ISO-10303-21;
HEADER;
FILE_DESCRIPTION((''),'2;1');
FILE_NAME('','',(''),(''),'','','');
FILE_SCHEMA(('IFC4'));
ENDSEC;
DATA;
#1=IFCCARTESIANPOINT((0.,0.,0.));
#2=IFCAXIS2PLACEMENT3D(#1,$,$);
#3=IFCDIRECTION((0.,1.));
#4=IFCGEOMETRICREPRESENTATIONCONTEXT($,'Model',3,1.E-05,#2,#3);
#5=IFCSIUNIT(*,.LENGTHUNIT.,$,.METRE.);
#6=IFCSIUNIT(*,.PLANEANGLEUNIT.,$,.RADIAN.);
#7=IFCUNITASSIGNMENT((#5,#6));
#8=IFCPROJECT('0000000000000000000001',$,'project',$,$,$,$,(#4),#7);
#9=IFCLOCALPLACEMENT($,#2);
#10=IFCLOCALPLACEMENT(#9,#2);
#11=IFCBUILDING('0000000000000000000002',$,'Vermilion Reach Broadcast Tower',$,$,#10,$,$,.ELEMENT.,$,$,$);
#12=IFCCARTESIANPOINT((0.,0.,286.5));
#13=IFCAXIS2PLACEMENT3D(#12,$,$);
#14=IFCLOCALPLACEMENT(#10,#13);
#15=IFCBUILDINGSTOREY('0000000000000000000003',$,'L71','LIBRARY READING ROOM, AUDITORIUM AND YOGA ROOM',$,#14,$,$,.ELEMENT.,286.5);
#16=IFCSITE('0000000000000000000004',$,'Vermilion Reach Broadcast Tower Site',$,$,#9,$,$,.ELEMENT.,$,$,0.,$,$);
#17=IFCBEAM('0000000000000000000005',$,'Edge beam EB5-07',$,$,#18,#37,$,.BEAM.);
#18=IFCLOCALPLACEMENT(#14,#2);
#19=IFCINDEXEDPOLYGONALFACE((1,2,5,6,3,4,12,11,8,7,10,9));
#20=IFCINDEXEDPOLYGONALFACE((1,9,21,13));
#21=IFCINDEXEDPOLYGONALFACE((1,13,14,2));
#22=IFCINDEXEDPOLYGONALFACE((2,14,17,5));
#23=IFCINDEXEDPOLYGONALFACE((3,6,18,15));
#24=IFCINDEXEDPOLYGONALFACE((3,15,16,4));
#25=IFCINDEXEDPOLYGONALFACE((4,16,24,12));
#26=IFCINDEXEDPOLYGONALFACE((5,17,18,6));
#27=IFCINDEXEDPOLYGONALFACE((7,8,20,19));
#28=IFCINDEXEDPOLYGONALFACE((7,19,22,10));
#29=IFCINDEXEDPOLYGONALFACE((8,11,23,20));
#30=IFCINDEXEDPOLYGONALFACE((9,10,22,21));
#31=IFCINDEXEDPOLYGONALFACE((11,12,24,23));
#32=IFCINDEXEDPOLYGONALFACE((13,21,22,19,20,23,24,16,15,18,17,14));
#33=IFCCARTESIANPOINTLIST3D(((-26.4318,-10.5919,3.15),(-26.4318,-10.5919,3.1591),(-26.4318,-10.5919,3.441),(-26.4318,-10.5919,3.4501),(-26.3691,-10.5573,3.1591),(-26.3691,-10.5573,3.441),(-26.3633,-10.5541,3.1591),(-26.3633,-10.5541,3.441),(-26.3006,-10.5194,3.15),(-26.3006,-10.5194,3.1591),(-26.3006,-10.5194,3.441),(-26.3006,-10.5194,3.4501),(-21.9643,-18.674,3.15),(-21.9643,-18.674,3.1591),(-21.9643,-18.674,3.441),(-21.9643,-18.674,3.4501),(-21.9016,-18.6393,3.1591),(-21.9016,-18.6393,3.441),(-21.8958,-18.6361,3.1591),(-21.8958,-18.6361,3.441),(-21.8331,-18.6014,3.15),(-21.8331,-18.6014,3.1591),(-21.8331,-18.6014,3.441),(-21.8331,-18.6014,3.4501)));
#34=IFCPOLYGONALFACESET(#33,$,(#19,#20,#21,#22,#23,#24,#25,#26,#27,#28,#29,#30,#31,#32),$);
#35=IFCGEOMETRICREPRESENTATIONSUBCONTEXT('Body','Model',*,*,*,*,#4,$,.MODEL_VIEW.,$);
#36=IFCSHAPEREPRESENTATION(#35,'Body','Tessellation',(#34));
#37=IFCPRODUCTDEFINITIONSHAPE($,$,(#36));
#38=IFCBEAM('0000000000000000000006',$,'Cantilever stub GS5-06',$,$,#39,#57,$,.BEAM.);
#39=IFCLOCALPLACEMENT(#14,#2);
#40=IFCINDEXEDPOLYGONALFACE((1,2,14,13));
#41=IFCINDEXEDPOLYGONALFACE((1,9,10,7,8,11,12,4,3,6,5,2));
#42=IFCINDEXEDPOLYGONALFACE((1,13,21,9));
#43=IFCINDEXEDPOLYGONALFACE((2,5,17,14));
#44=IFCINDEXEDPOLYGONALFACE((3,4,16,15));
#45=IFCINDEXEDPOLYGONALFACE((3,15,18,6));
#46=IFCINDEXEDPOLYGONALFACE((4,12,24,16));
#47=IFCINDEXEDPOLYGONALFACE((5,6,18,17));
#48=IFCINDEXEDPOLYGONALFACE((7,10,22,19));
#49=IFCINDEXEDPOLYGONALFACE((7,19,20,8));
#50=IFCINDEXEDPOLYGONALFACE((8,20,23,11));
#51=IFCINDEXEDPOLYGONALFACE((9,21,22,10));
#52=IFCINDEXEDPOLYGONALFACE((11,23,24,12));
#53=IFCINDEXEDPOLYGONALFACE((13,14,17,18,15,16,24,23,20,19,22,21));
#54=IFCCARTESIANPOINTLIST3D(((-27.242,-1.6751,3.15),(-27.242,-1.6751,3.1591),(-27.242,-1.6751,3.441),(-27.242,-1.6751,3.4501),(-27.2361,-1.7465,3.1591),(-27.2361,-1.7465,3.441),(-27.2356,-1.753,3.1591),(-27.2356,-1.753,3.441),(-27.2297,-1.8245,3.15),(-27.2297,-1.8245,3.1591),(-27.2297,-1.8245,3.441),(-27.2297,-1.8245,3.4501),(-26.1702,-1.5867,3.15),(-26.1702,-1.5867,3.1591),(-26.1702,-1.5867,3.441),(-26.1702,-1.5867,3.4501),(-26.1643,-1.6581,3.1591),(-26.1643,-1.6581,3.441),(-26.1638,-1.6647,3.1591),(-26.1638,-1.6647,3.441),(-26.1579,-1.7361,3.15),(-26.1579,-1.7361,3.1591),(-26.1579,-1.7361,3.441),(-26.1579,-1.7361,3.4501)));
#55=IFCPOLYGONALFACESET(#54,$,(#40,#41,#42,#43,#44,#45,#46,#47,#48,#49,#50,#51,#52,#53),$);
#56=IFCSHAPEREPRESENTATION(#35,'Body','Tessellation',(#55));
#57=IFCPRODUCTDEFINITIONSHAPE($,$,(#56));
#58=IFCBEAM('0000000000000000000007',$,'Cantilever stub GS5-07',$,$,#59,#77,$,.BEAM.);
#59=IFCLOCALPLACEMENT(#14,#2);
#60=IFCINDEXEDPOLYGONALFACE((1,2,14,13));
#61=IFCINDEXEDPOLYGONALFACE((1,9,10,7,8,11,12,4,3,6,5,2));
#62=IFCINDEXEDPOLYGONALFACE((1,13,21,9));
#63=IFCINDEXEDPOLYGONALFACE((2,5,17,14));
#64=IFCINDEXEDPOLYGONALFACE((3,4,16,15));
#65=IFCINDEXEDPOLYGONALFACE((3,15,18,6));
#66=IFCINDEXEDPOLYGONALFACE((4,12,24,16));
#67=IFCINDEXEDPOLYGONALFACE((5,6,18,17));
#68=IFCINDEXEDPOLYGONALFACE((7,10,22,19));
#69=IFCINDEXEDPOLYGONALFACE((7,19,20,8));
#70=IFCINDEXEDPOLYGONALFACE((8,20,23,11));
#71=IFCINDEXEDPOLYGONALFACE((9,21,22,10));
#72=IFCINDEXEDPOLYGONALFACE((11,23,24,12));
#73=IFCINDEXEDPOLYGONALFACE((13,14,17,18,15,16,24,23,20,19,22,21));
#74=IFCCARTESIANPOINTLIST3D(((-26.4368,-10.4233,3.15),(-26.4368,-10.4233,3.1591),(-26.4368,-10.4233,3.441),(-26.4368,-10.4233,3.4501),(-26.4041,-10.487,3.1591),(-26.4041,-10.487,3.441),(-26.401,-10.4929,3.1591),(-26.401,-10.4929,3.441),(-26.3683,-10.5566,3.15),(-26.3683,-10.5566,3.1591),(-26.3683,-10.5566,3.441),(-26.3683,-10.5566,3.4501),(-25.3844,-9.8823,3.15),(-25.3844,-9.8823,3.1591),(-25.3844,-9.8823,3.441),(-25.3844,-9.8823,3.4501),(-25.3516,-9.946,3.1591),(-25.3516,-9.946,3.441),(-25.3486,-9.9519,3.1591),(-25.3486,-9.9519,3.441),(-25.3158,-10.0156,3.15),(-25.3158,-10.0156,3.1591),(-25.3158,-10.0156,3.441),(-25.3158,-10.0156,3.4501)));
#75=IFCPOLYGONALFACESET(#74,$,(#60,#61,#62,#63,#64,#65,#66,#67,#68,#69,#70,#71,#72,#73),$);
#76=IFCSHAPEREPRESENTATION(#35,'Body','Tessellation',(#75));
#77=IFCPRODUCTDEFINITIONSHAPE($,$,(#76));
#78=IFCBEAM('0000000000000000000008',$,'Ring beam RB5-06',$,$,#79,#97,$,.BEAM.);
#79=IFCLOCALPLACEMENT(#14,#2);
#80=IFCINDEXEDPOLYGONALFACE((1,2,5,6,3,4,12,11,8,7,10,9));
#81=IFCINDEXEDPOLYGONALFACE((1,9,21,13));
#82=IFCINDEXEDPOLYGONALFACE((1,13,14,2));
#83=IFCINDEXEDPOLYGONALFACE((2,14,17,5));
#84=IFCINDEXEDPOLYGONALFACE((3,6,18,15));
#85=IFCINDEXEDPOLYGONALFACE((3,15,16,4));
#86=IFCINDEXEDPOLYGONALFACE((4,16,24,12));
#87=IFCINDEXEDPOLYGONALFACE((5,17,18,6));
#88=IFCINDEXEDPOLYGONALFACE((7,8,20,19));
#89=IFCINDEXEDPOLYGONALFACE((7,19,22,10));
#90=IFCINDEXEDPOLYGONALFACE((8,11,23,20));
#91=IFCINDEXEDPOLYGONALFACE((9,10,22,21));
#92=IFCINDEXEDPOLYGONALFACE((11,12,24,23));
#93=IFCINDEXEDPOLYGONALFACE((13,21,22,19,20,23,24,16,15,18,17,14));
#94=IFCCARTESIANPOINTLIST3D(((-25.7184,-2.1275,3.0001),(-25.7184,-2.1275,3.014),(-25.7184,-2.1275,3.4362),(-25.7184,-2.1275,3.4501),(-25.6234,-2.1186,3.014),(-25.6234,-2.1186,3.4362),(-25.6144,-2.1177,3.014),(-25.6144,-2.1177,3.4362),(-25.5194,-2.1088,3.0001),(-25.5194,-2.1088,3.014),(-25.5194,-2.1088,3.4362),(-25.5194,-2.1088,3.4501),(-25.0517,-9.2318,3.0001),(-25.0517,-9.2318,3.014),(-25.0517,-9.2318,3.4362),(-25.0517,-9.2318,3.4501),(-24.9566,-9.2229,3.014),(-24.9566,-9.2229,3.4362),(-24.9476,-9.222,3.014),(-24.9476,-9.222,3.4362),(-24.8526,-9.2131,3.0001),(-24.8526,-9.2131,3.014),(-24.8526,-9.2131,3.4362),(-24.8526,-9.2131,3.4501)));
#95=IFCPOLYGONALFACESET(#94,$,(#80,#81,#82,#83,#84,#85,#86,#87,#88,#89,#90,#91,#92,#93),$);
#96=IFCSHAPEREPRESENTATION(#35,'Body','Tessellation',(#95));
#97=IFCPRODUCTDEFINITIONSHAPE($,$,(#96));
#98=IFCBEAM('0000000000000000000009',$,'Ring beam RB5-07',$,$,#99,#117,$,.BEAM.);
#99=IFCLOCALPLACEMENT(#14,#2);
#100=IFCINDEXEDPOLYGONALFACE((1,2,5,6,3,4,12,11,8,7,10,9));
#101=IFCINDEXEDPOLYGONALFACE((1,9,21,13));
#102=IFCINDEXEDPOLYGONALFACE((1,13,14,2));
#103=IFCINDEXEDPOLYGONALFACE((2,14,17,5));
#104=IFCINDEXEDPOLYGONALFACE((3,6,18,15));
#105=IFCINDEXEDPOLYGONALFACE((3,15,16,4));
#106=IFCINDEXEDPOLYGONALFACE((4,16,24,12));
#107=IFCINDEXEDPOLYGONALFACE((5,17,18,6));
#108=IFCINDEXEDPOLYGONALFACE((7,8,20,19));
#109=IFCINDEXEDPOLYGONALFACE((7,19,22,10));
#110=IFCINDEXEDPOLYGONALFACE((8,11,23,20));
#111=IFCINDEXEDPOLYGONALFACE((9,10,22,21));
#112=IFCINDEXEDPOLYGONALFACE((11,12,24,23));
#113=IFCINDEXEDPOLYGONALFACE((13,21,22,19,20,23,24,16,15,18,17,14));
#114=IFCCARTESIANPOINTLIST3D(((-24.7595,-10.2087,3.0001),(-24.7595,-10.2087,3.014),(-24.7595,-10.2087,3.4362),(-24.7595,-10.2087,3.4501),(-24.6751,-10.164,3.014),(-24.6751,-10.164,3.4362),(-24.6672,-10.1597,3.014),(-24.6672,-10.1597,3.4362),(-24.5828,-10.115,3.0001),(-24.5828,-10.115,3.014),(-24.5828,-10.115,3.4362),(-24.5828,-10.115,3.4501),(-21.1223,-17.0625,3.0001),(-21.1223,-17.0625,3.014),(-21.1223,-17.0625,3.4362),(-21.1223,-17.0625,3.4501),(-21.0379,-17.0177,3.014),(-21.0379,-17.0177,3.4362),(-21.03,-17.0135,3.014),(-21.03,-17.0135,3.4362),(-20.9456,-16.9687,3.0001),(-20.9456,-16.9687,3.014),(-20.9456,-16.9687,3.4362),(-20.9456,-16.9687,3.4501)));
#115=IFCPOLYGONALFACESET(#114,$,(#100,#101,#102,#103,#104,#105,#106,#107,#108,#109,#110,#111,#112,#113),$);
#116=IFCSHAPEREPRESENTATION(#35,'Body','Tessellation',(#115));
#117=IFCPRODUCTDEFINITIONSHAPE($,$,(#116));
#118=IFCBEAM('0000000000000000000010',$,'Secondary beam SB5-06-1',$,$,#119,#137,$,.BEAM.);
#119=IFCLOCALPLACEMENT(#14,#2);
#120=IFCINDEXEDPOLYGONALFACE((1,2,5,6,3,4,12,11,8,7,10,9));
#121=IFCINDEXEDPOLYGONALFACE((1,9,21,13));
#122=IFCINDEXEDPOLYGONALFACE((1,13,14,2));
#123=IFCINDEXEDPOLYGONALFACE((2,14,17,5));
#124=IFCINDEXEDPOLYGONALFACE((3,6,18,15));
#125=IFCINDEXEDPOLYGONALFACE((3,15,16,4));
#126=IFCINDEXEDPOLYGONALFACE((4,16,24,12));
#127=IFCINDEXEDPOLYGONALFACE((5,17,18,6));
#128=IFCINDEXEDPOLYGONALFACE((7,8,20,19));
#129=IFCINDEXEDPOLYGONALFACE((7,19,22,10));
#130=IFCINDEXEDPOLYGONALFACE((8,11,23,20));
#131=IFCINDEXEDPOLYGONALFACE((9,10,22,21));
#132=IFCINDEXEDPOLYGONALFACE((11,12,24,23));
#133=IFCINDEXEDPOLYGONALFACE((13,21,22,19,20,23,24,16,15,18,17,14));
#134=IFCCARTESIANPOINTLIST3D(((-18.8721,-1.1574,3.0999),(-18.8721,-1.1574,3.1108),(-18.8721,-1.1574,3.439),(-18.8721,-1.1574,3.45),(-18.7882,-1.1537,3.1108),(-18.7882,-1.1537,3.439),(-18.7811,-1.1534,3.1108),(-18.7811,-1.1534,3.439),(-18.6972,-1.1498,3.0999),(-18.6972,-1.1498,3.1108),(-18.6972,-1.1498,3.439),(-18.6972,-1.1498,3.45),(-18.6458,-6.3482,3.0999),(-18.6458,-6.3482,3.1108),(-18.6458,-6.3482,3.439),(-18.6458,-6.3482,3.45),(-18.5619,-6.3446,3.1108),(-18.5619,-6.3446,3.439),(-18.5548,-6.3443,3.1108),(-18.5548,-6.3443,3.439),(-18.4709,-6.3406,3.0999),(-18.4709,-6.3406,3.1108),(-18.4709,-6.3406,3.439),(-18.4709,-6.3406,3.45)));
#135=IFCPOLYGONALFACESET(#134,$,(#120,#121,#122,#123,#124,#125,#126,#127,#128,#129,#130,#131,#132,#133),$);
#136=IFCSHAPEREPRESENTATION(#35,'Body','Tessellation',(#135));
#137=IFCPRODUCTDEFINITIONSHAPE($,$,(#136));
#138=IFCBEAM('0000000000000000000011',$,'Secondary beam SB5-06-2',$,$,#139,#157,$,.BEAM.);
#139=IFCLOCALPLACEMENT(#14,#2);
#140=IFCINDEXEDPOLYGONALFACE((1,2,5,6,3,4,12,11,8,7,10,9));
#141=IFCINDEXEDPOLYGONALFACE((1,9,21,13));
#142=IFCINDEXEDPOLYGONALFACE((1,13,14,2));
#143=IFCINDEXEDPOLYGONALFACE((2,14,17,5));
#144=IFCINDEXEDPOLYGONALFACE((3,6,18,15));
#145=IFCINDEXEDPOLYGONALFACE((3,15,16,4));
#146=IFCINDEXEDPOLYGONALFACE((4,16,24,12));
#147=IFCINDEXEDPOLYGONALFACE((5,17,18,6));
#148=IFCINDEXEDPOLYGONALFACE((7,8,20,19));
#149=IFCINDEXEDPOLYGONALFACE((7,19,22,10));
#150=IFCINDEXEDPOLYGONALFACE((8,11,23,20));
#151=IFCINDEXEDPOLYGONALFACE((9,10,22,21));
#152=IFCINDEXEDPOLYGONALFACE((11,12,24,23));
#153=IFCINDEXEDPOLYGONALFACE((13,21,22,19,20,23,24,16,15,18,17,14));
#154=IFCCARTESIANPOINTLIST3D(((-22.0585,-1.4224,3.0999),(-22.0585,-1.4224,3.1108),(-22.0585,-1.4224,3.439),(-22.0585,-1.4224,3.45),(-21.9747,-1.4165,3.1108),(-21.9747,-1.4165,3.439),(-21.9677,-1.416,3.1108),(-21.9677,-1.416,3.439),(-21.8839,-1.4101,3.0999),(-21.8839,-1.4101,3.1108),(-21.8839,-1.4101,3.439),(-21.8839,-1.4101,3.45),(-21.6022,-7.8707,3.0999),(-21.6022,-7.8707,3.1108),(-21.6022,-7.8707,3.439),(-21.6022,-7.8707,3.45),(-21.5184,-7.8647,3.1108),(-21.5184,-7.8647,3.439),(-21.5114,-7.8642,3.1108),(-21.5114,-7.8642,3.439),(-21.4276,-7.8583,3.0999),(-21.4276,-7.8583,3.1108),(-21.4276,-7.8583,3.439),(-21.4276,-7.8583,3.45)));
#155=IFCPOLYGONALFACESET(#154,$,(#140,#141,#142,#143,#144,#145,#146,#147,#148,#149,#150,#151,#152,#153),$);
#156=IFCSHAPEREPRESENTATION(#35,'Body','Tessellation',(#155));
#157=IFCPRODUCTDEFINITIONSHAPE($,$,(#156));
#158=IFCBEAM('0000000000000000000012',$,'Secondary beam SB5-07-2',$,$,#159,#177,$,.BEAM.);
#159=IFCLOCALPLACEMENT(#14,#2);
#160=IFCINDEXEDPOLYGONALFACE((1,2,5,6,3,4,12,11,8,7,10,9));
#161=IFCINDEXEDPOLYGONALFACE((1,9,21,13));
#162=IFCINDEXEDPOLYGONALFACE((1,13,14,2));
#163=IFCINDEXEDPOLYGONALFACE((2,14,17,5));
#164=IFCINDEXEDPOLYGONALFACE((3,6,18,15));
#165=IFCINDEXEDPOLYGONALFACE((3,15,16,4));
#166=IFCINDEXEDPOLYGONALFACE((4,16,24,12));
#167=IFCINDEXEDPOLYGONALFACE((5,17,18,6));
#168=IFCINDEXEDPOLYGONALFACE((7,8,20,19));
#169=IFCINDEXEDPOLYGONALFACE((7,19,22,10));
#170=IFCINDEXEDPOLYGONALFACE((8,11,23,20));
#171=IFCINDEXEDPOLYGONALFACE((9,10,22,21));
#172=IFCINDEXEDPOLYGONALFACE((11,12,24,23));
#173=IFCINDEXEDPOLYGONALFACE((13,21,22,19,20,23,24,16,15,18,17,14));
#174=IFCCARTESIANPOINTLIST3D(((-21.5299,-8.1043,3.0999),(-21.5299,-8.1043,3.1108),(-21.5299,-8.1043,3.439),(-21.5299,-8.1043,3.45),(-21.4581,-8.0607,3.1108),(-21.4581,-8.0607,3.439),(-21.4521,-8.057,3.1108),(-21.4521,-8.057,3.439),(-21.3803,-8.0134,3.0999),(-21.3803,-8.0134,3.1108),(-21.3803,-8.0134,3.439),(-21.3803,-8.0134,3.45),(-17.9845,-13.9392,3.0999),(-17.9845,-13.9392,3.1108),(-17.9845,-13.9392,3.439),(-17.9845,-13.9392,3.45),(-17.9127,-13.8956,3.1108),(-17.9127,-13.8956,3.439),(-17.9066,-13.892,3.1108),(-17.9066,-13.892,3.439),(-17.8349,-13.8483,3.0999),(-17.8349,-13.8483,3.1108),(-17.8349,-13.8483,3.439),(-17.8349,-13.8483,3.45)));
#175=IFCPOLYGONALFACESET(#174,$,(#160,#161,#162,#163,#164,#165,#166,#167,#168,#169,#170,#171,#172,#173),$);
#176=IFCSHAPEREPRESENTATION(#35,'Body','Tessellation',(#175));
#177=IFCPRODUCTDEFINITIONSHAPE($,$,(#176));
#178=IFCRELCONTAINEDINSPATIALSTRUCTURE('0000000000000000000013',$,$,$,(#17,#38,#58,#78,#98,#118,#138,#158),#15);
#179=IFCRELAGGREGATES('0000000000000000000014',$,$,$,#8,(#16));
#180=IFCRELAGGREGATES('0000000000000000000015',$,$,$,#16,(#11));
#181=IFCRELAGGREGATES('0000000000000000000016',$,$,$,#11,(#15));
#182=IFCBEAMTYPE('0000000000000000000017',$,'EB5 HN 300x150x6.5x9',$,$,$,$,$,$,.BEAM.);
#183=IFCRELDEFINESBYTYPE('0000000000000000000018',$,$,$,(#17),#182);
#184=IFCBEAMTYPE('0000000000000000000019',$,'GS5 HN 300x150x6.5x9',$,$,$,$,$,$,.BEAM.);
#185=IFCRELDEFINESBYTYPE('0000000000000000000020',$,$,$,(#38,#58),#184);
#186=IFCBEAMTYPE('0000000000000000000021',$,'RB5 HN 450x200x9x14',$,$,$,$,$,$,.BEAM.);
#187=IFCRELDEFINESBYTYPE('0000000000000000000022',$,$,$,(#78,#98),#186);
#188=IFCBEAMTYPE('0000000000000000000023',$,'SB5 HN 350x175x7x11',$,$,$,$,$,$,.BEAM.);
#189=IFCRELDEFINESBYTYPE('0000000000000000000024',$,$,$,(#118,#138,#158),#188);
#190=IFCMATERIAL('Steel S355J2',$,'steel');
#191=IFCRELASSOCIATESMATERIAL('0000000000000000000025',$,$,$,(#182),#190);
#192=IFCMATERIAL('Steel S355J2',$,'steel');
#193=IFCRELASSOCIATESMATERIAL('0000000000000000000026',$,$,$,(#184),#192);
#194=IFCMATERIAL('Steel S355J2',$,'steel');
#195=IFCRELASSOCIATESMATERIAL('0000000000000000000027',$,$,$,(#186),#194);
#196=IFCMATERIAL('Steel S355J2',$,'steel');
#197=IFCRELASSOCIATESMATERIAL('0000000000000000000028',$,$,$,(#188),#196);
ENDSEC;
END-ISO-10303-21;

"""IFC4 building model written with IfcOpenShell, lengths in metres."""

from ifc_helpers import new_model, si_unit, direction, frame, origin, origin_2d, place, context, subcontext, project, spatial, i_section, extrude, material, material_profile, profile_set, type_object, element, save


model = new_model("IFC4")

# Units and contexts
model_context = context("Model", 3, precision=1e-05, world=origin(), true_north=direction((0.0, 1.0)))
body_context = subcontext(model_context, "Body", "Model", "MODEL_VIEW")
ifc_project = project(units=[si_unit("LENGTHUNIT", "METRE"), si_unit("PLANEANGLEUNIT", "RADIAN")], contexts=[model_context])

# Site, building, storey
site_placement = place(None, origin())
site = spatial("IfcSite", under=ifc_project, at=site_placement, Name="Vermilion Reach Broadcast Tower Site", CompositionType="ELEMENT", RefElevation=0.0)
building_placement = place(site_placement, origin())
building = spatial("IfcBuilding", under=site, at=building_placement, Name="Vermilion Reach Broadcast Tower", CompositionType="ELEMENT")
storey_placement = place(building_placement, frame((0.0, 0.0, 286.5)))
storey = spatial("IfcBuildingStorey", under=building, at=storey_placement, Name="L71", Description="LIBRARY READING ROOM, AUDITORIUM AND YOGA ROOM", CompositionType="ELEMENT", Elevation=286.5)

# Beams
ifc_material_1 = material(Name="Steel S355J2", Category="steel")
ifc_material_profile_1 = material_profile(ifc_material_1, i_section(OverallWidth=0.1499, OverallDepth=0.3, WebThickness=0.0066, FlangeThickness=0.009, at=origin_2d()), Name="S355J2 HN 300x150x6.5x9")
ifc_profile_set_1 = profile_set([ifc_material_profile_1], Name="Steel S355J2")
beam_type_1 = type_object("IfcBeamType", Name="EB5 HN 300x150x6.5x9", PredefinedType="BEAM", material=ifc_profile_set_1)
beam_1_placement = place(storey_placement, frame((-26.3662, -10.5557, 3.3), z_axis=(0.483781, -0.875189, 0.0), x_axis=(0.875189, 0.483781, 0.0)))
element("IfcBeam", 1, at=beam_1_placement, inside=storey, type_object=beam_type_1, Name="Edge beam EB5-07", PredefinedType="BEAM", context=body_context, shape_type="SweptSolid", body=[
    extrude(i_section(OverallWidth=0.1499, OverallDepth=0.3, WebThickness=0.0066, FlangeThickness=0.009, at=origin_2d()), origin(), (0.0, 0.0, 1.0), 9.2346),
])
ifc_material_2 = material(Name="Steel S355J2", Category="steel")
ifc_material_profile_2 = material_profile(ifc_material_2, i_section(OverallWidth=0.1499, OverallDepth=0.3, WebThickness=0.0066, FlangeThickness=0.009, at=origin_2d()), Name="S355J2 HN 300x150x6.5x9")
ifc_profile_set_2 = profile_set([ifc_material_profile_2], Name="Steel S355J2")
beam_type_2 = type_object("IfcBeamType", Name="GS5 HN 300x150x6.5x9", PredefinedType="BEAM", material=ifc_profile_set_2)
beam_2_placement = place(storey_placement, frame((-26.1641, -1.6614, 3.3), z_axis=(-0.996617, -0.082181, 0.0), x_axis=(0.082181, -0.996617, 0.0)))
element("IfcBeam", 2, at=beam_2_placement, inside=storey, type_object=beam_type_2, Name="Cantilever stub GS5-06", PredefinedType="BEAM", context=body_context, shape_type="SweptSolid", body=[
    extrude(i_section(OverallWidth=0.1499, OverallDepth=0.3, WebThickness=0.0066, FlangeThickness=0.009, at=origin_2d()), origin(), (0.0, 0.0, 1.0), 1.0754),
])
beam_3_placement = place(storey_placement, frame((-25.3501, -9.949, 3.3), z_axis=(-0.889379, -0.457171, 0.0), x_axis=(0.457171, -0.889379, 0.0)))
element("IfcBeam", 3, at=beam_3_placement, inside=storey, type_object=beam_type_2, Name="Cantilever stub GS5-07", PredefinedType="BEAM", context=body_context, shape_type="SweptSolid", body=[
    extrude(i_section(OverallWidth=0.1499, OverallDepth=0.3, WebThickness=0.0066, FlangeThickness=0.009, at=origin_2d()), origin(), (0.0, 0.0, 1.0), 1.1833),
])
ifc_material_3 = material(Name="Steel S355J2", Category="steel")
ifc_material_profile_3 = material_profile(ifc_material_3, i_section(OverallWidth=0.2, OverallDepth=0.45, WebThickness=0.009, FlangeThickness=0.0139, at=origin_2d()), Name="S355J2 HN 450x200x9x14")
ifc_profile_set_3 = profile_set([ifc_material_profile_3], Name="Steel S355J2")
beam_type_3 = type_object("IfcBeamType", Name="RB5 HN 450x200x9x14", PredefinedType="BEAM", material=ifc_profile_set_3)
beam_4_placement = place(storey_placement, frame((-25.6189, -2.1182, 3.2251), z_axis=(0.093441, -0.995625, 0.0), x_axis=(0.995625, 0.093441, 0.0)))
element("IfcBeam", 4, at=beam_4_placement, inside=storey, type_object=beam_type_3, Name="Ring beam RB5-06", PredefinedType="BEAM", context=body_context, shape_type="SweptSolid", body=[
    extrude(i_section(OverallWidth=0.2, OverallDepth=0.45, WebThickness=0.009, FlangeThickness=0.0139, at=origin_2d()), origin(), (0.0, 0.0, 1.0), 7.1355),
])
beam_5_placement = place(storey_placement, frame((-24.6711, -10.1619, 3.2251), z_axis=(0.468768, -0.883321, 0.0), x_axis=(0.883321, 0.468768, 0.0)))
element("IfcBeam", 5, at=beam_5_placement, inside=storey, type_object=beam_type_3, Name="Ring beam RB5-07", PredefinedType="BEAM", context=body_context, shape_type="SweptSolid", body=[
    extrude(i_section(OverallWidth=0.2, OverallDepth=0.45, WebThickness=0.009, FlangeThickness=0.0139, at=origin_2d()), origin(), (0.0, 0.0, 1.0), 7.759),
])
ifc_material_4 = material(Name="Steel S355J2", Category="steel")
ifc_material_profile_4 = material_profile(ifc_material_4, i_section(OverallWidth=0.175, OverallDepth=0.3501, WebThickness=0.0071, FlangeThickness=0.011, at=origin_2d()), Name="S355J2 HN 350x175x7x11")
ifc_profile_set_4 = profile_set([ifc_material_profile_4], Name="Steel S355J2")
beam_type_4 = type_object("IfcBeamType", Name="SB5 HN 350x175x7x11", PredefinedType="BEAM", material=ifc_profile_set_4)
beam_6_placement = place(storey_placement, frame((-18.7847, -1.1536, 3.2749), z_axis=(0.043558, -0.999051, 0.0), x_axis=(0.999051, 0.043558, 0.0)))
element("IfcBeam", 6, at=beam_6_placement, inside=storey, type_object=beam_type_4, Name="Secondary beam SB5-06-1", PredefinedType="BEAM", context=body_context, shape_type="SweptSolid", body=[
    extrude(i_section(OverallWidth=0.175, OverallDepth=0.3501, WebThickness=0.0071, FlangeThickness=0.011, at=origin_2d()), origin(), (0.0, 0.0, 1.0), 5.1958),
])
beam_7_placement = place(storey_placement, frame((-21.9712, -1.4163, 3.2749), z_axis=(0.070587, -0.997506, 0.0), x_axis=(0.997506, 0.070587, 0.0)))
element("IfcBeam", 7, at=beam_7_placement, inside=storey, type_object=beam_type_4, Name="Secondary beam SB5-06-2", PredefinedType="BEAM", context=body_context, shape_type="SweptSolid", body=[
    extrude(i_section(OverallWidth=0.175, OverallDepth=0.3501, WebThickness=0.0071, FlangeThickness=0.011, at=origin_2d()), origin(), (0.0, 0.0, 1.0), 6.4644),
])
beam_8_placement = place(storey_placement, frame((-21.4551, -8.0588, 3.2749), z_axis=(0.519273, -0.854608, 0.0), x_axis=(0.854608, 0.519273, 0.0)))
element("IfcBeam", 8, at=beam_8_placement, inside=storey, type_object=beam_type_4, Name="Secondary beam SB5-07-2", PredefinedType="BEAM", context=body_context, shape_type="SweptSolid", body=[
    extrude(i_section(OverallWidth=0.175, OverallDepth=0.3501, WebThickness=0.0071, FlangeThickness=0.011, at=origin_2d()), origin(), (0.0, 0.0, 1.0), 6.8276),
])

save(model, "model.ifc")
